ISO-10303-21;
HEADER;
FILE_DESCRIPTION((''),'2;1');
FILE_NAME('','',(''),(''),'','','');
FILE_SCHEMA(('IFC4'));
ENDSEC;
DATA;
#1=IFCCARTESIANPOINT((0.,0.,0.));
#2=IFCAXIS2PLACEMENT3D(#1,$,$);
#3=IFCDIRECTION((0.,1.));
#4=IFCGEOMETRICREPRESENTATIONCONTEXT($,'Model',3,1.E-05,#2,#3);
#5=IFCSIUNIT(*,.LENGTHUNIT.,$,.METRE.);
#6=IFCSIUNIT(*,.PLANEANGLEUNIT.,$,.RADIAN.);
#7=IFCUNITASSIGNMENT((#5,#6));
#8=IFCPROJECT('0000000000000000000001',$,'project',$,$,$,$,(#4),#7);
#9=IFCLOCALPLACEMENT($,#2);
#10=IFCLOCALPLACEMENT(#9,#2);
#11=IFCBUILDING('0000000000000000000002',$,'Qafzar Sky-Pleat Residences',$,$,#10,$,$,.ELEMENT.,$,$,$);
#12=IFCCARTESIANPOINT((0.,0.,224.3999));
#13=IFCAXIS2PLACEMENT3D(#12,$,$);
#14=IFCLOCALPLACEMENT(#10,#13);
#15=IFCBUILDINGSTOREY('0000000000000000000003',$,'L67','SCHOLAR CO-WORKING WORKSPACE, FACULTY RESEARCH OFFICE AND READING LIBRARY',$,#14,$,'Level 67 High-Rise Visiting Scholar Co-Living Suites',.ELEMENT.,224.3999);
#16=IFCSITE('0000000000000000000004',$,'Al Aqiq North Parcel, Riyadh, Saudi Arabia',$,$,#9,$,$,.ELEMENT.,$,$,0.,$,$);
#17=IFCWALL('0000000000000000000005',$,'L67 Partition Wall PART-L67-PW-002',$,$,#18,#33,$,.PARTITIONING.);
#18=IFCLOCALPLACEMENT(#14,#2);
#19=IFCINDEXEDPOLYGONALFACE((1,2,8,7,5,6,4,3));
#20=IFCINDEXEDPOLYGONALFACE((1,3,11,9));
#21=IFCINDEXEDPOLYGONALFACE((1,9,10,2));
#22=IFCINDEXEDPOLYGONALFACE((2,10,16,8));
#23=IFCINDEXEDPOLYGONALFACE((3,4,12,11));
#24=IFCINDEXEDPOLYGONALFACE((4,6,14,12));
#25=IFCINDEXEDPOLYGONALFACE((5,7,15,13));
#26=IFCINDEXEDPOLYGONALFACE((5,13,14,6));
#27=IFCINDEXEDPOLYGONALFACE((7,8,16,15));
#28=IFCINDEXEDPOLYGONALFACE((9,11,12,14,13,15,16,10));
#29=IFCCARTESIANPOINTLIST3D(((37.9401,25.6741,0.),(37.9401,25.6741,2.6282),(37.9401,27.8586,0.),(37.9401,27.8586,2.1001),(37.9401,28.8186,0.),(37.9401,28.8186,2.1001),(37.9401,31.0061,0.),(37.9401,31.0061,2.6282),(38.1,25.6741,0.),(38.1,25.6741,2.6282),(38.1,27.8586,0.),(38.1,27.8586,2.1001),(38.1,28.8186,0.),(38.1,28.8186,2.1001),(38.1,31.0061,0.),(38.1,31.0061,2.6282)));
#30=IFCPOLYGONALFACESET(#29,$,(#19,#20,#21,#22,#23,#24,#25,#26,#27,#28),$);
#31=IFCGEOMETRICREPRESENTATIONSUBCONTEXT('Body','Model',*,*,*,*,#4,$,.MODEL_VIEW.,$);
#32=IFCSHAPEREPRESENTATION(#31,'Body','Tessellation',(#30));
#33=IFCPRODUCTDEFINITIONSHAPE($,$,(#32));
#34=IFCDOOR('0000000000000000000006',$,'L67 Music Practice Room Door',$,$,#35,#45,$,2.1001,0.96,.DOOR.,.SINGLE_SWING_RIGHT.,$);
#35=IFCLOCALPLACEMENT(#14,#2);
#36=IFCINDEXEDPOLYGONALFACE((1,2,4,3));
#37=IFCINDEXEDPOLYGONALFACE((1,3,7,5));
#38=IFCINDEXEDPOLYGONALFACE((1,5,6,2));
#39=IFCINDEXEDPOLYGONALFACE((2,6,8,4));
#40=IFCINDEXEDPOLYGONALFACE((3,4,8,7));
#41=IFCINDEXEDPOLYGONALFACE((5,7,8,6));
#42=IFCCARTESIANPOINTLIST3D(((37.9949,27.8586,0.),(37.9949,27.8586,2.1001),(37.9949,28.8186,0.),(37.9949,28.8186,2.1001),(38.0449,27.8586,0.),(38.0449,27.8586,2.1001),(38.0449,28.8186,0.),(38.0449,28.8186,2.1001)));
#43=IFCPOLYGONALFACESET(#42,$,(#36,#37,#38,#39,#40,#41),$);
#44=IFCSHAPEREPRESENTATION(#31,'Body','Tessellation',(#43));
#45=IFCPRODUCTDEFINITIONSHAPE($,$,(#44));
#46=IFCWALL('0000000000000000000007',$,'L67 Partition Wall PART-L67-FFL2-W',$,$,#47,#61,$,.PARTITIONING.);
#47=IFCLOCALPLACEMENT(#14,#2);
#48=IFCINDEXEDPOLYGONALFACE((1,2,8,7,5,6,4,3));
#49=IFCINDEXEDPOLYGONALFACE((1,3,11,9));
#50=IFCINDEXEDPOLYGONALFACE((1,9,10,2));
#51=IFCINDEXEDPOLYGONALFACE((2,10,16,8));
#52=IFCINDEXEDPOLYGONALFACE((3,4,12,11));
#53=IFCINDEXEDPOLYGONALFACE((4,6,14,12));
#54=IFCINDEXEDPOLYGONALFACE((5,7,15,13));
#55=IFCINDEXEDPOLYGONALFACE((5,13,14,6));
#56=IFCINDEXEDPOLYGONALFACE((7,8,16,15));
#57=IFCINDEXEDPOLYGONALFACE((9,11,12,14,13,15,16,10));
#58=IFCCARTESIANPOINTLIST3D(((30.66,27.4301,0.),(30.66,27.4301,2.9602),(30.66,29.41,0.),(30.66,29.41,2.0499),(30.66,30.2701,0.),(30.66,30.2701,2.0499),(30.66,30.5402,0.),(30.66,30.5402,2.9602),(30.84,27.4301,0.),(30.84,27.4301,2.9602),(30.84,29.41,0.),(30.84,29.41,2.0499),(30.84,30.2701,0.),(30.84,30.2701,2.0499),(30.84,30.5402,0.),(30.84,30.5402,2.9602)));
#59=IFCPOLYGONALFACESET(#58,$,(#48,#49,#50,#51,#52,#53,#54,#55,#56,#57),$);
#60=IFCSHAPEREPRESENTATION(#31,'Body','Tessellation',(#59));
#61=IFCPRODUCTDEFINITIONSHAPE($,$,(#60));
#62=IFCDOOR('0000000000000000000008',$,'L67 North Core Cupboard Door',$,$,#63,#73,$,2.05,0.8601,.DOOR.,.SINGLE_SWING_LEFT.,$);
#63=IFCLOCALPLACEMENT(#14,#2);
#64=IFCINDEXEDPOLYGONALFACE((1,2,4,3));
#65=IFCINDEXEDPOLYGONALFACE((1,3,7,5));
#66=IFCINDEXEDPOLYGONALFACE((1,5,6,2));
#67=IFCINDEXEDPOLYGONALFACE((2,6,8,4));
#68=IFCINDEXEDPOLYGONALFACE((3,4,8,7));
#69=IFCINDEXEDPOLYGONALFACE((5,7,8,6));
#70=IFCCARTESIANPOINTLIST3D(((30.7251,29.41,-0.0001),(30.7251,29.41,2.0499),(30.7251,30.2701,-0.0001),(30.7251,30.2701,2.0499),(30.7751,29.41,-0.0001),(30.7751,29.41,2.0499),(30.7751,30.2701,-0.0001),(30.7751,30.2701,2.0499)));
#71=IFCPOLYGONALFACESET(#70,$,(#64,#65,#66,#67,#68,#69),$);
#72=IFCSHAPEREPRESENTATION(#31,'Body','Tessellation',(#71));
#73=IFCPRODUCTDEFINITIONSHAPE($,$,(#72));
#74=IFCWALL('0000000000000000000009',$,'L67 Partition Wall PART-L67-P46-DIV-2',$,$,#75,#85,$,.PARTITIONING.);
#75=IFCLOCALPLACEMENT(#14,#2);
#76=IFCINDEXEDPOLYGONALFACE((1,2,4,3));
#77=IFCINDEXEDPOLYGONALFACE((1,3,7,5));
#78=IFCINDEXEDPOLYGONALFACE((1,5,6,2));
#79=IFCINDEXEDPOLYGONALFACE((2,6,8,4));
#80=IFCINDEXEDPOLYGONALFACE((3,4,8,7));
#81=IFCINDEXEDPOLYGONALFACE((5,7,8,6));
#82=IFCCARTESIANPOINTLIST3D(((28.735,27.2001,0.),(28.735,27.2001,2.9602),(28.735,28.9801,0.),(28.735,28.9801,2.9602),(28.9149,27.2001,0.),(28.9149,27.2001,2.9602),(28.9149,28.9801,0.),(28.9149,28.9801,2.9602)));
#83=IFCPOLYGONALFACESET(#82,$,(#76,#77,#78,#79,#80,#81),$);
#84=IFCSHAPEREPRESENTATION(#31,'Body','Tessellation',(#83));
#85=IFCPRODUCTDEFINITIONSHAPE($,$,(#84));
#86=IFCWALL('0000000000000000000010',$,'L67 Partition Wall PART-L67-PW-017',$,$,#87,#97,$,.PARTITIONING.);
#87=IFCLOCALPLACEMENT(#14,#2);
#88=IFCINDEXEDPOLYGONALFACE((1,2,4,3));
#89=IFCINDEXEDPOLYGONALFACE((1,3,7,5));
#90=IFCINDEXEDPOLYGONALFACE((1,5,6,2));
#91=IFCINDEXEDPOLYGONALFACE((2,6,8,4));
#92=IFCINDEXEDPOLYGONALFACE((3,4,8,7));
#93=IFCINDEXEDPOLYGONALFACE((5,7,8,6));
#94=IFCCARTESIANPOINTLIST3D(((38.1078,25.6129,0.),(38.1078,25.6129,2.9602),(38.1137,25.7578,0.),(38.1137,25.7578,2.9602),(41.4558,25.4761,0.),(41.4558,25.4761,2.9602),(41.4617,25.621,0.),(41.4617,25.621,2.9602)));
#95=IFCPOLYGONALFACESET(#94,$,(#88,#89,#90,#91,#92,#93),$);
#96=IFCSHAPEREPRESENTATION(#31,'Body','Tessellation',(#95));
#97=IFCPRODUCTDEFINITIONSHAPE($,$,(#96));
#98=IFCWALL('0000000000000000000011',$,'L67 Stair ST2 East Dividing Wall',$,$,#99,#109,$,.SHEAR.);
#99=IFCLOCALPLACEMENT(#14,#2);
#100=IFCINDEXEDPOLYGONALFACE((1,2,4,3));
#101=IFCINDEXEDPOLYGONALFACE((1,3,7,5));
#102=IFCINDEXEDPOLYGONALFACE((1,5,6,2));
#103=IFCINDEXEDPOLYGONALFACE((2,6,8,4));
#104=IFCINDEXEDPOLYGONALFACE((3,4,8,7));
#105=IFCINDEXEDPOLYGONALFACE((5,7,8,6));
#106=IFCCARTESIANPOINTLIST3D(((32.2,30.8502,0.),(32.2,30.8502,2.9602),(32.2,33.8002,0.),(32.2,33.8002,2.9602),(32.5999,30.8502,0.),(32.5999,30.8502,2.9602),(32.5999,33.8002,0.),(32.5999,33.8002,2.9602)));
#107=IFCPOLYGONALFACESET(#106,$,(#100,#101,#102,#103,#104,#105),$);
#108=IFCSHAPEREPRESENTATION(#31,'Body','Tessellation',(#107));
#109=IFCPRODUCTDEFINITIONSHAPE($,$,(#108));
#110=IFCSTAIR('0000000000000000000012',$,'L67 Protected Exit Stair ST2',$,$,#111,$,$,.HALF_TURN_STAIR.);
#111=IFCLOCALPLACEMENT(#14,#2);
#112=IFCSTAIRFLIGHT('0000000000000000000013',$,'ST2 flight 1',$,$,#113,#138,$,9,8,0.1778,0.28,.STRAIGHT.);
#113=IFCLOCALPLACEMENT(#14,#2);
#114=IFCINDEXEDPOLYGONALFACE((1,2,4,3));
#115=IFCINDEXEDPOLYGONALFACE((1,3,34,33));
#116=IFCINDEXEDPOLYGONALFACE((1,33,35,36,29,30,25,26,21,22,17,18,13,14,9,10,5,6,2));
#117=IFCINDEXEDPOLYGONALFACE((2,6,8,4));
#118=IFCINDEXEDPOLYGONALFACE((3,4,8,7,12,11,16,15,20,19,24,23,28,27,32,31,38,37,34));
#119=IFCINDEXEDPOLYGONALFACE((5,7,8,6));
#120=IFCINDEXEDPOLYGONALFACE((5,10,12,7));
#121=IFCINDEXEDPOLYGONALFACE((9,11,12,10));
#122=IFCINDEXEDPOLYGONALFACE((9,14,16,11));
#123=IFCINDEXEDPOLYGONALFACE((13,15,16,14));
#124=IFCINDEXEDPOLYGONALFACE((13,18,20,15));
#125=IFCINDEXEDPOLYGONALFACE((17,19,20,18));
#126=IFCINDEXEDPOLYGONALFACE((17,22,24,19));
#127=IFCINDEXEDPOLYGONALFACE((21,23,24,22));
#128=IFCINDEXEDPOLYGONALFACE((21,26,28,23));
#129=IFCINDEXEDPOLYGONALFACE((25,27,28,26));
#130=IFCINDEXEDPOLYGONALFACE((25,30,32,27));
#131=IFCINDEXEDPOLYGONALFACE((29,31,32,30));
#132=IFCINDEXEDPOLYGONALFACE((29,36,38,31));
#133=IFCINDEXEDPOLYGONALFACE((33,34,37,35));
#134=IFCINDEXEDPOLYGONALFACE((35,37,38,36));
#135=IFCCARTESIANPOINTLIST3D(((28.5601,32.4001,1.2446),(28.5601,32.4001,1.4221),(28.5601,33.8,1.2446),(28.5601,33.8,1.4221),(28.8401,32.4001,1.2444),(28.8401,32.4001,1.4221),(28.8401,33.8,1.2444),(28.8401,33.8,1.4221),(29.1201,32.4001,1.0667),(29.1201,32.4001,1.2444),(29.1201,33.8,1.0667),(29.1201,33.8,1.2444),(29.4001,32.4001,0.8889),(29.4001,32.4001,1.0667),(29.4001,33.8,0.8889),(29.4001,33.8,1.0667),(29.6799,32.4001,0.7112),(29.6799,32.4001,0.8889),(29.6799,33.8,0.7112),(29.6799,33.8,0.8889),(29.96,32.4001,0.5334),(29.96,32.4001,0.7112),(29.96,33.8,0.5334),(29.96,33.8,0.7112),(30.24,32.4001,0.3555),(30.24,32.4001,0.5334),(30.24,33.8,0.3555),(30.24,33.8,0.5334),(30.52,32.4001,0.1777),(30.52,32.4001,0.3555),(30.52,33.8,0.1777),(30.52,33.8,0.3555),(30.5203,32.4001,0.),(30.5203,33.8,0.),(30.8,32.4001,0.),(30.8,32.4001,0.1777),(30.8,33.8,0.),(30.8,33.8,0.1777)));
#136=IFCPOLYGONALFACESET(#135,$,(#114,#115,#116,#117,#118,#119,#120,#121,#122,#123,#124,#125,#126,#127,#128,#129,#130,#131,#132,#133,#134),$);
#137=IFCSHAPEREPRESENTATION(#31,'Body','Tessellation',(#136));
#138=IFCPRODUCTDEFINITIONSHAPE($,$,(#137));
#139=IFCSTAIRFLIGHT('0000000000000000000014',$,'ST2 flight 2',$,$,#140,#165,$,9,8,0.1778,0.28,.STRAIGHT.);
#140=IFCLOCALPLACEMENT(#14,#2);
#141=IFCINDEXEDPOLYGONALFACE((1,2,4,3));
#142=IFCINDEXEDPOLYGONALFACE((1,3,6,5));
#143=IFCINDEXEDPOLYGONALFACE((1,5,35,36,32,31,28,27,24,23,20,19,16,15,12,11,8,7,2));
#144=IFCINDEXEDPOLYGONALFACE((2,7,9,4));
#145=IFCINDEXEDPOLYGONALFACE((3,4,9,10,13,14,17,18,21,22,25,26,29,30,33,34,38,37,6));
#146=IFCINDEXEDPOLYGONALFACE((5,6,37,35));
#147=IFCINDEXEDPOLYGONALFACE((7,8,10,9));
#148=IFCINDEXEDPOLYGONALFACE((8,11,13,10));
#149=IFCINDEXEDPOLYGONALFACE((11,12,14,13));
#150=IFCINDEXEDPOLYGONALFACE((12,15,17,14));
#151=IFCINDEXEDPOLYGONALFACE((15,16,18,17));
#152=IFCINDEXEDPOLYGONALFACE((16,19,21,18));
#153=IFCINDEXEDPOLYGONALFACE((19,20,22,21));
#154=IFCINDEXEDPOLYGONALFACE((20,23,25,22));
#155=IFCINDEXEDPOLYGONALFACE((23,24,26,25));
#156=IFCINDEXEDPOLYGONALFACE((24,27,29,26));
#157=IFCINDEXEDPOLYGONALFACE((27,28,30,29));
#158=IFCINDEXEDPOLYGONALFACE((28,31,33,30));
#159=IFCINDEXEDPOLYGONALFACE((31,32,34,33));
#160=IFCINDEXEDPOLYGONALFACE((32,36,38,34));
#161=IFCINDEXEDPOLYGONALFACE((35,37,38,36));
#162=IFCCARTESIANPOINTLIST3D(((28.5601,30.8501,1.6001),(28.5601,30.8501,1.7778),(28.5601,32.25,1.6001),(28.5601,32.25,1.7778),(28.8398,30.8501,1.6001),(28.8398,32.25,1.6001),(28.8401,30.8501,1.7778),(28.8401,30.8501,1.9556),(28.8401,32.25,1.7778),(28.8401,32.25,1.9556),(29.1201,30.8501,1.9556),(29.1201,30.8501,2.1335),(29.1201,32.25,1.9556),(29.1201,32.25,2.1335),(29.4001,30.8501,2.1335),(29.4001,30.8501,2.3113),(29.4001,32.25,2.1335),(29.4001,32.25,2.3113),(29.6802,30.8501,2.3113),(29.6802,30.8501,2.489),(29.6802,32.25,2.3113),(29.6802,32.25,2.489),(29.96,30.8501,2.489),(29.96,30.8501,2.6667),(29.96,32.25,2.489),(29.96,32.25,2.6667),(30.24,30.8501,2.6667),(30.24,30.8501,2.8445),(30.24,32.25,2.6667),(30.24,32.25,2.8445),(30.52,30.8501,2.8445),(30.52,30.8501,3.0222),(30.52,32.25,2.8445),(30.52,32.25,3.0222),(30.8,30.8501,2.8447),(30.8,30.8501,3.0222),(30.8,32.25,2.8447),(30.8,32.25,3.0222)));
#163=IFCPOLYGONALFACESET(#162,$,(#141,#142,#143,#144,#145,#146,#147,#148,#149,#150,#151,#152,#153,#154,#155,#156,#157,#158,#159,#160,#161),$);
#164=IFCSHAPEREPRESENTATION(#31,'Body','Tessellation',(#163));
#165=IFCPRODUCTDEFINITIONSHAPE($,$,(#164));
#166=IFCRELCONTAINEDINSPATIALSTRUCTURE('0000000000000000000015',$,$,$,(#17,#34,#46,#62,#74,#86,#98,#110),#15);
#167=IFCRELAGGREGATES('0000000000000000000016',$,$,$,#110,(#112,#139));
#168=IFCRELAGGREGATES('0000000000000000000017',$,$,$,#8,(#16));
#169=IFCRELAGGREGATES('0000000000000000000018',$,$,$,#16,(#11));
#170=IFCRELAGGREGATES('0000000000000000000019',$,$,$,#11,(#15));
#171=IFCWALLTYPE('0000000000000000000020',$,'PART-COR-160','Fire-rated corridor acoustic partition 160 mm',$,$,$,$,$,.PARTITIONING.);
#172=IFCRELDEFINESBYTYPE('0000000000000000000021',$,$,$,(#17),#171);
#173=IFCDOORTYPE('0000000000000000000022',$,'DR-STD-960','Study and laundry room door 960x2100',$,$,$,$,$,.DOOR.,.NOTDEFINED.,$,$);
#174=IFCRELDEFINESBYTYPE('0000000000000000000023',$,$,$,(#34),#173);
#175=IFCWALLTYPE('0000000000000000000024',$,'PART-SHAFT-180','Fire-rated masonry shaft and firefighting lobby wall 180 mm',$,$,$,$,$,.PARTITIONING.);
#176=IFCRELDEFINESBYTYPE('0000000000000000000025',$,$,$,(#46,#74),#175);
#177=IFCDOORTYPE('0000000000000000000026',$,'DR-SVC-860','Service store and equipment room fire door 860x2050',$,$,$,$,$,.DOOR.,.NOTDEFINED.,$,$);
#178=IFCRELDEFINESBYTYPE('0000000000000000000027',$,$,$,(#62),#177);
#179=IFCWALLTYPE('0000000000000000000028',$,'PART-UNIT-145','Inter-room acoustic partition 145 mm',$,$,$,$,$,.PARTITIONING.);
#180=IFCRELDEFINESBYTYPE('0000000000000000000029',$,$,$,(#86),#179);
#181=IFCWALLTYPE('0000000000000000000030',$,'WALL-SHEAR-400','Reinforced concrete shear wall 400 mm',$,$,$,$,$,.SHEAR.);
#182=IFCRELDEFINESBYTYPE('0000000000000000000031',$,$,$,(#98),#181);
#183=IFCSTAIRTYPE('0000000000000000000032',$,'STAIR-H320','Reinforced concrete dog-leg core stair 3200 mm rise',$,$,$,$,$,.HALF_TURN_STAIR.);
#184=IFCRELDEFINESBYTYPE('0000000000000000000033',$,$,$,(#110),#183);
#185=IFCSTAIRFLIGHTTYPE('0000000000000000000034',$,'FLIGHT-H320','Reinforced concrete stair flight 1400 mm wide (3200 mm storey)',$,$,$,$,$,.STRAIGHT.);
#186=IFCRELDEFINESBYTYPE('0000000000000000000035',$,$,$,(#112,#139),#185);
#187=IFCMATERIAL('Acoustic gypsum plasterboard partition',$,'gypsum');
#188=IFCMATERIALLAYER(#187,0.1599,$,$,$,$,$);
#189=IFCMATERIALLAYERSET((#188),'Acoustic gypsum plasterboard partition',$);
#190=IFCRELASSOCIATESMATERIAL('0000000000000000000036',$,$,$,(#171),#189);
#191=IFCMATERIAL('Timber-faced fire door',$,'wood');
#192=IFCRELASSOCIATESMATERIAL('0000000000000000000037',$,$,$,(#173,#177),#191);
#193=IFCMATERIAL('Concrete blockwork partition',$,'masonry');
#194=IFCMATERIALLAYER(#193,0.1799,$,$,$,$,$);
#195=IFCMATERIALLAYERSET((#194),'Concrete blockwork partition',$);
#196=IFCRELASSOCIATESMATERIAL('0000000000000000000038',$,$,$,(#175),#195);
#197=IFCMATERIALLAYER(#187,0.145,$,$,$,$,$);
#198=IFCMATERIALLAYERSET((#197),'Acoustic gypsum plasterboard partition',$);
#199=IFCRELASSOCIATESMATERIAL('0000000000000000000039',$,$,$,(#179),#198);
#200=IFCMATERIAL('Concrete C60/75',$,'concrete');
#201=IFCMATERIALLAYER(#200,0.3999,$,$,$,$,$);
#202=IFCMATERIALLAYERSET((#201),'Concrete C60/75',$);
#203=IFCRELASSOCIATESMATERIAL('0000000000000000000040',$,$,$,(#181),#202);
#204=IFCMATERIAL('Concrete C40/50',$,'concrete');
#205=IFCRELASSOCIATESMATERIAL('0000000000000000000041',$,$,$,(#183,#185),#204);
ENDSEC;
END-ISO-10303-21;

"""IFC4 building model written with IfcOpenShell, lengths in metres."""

from ifc_helpers import new_model, si_unit, direction, frame, frame_2d, origin, place, context, subcontext, project, spatial, polyline, rectangle, outline, extrude, source, transform, mapped, material, layer, layer_set, type_object, element, fill, aggregate, save


model = new_model("IFC4")

# Units and contexts
model_context = context("Model", 3, precision=1e-05, world=origin(), true_north=direction((0.0, 1.0)))
body_context = subcontext(model_context, "Body", "Model", "MODEL_VIEW")
ifc_project = project(units=[si_unit("LENGTHUNIT", "METRE"), si_unit("PLANEANGLEUNIT", "RADIAN")], contexts=[model_context])

# Site, building, storey
site_placement = place(None, origin())
site = spatial("IfcSite", under=ifc_project, at=site_placement, Name="Al Aqiq North Parcel, Riyadh, Saudi Arabia", CompositionType="ELEMENT", RefElevation=0.0)
building_placement = place(site_placement, origin())
building = spatial("IfcBuilding", under=site, at=building_placement, Name="Qafzar Sky-Pleat Residences", CompositionType="ELEMENT")
storey_placement = place(building_placement, frame((0.0, 0.0, 224.3999)))
storey = spatial("IfcBuildingStorey", under=building, at=storey_placement, Name="L67", Description="SCHOLAR CO-WORKING WORKSPACE, FACULTY RESEARCH OFFICE AND READING LIBRARY", LongName="Level 67 High-Rise Visiting Scholar Co-Living Suites", CompositionType="ELEMENT", Elevation=224.3999)

# Walls, openings, doors
ifc_material_1 = material(Name="Acoustic gypsum plasterboard partition", Category="gypsum")
ifc_layer_1 = layer(ifc_material_1, 0.1599)
ifc_layer_set_1 = layer_set([ifc_layer_1], Name="Acoustic gypsum plasterboard partition")
wall_type_1 = type_object("IfcWallType", Name="PART-COR-160", Description="Fire-rated corridor acoustic partition 160 mm", PredefinedType="PARTITIONING", material=ifc_layer_set_1)
wall_1_placement = place(storey_placement, frame((38.02, 31.0061, 0.0), z_axis=(0.0, 0.0, 1.0), x_axis=(0.0, -1.0, 0.0)))
wall_1 = element("IfcWall", 1, at=wall_1_placement, inside=storey, type_object=wall_type_1, Name="L67 Partition Wall PART-L67-PW-002", PredefinedType="PARTITIONING", context=body_context, shape_type="SweptSolid", body=[
    extrude(rectangle(XDim=5.332, YDim=0.1599, at=frame_2d((2.666, 0.0))), origin(), (0.0, 0.0, 1.0), 2.6282),
])
opening_1_placement = place(wall_1_placement, frame((2.1875, 0.0, 0.0)))
opening_1 = element("IfcOpeningElement", 2, at=opening_1_placement, cuts=wall_1, PredefinedType="OPENING", context=body_context, shape_type="SweptSolid", body=[
    extrude(rectangle(XDim=0.96, YDim=2.1001, at=frame_2d((0.48, 1.05))), frame((0.0, 0.0898, 0.0), z_axis=(0.0, -1.0, 0.0), x_axis=(1.0, 0.0, 0.0)), (0.0, 0.0, 1.0), 0.1799),
])
ifc_material_2 = material(Name="Timber-faced fire door", Category="wood")
door_type_1 = type_object("IfcDoorType", Name="DR-STD-960", Description="Study and laundry room door 960x2100", OperationType="NOTDEFINED", PredefinedType="DOOR", material=ifc_material_2)
shared_shape_1 = source(origin(), body_context, "Body", "SweptSolid", [
    extrude(rectangle(XDim=0.96, YDim=2.1001, at=frame_2d((0.48, 1.05))), frame((0.0, 0.0249, 0.0), z_axis=(0.0, -1.0, 0.0), x_axis=(1.0, 0.0, 0.0)), (0.0, 0.0, 1.0), 0.05),
])
door_1_placement = place(opening_1_placement, origin())
door_1 = element("IfcDoor", 3, at=door_1_placement, inside=storey, type_object=door_type_1, Name="L67 Music Practice Room Door", OperationType="SINGLE_SWING_RIGHT", OverallHeight=2.1001, OverallWidth=0.96, PredefinedType="DOOR", context=body_context, shape_type="MappedRepresentation", body=[
    mapped(shared_shape_1, transform((0.0, 0.0, 0.0), x_axis=(1.0, 0.0, 0.0), y_axis=(0.0, 1.0, 0.0), z_axis=(0.0, 0.0, 1.0), scale=1.0)),
])
fill(opening_1, door_1)
ifc_material_3 = material(Name="Concrete blockwork partition", Category="masonry")
ifc_layer_2 = layer(ifc_material_3, 0.1799)
ifc_layer_set_2 = layer_set([ifc_layer_2], Name="Concrete blockwork partition")
wall_type_2 = type_object("IfcWallType", Name="PART-SHAFT-180", Description="Fire-rated masonry shaft and firefighting lobby wall 180 mm", PredefinedType="PARTITIONING", material=ifc_layer_set_2)
wall_2_placement = place(storey_placement, frame((30.75, 27.4299, 0.0), z_axis=(0.0, 0.0, 1.0), x_axis=(0.0, 1.0, 0.0)))
wall_2 = element("IfcWall", 4, at=wall_2_placement, inside=storey, type_object=wall_type_2, Name="L67 Partition Wall PART-L67-FFL2-W", PredefinedType="PARTITIONING", context=body_context, shape_type="SweptSolid", body=[
    extrude(rectangle(XDim=3.1101, YDim=0.1799, at=frame_2d((1.5552, 0.0))), origin(), (0.0, 0.0, 1.0), 2.9602),
])
opening_2_placement = place(wall_2_placement, frame((1.98, 0.0, 0.0)))
opening_2 = element("IfcOpeningElement", 5, at=opening_2_placement, cuts=wall_2, PredefinedType="OPENING", context=body_context, shape_type="SweptSolid", body=[
    extrude(rectangle(XDim=0.8601, YDim=2.05, at=frame_2d((0.4302, 1.0249))), frame((0.0, 0.1001, 0.0), z_axis=(0.0, -1.0, 0.0), x_axis=(1.0, 0.0, 0.0)), (0.0, 0.0, 1.0), 0.2),
])
door_type_2 = type_object("IfcDoorType", Name="DR-SVC-860", Description="Service store and equipment room fire door 860x2050", OperationType="NOTDEFINED", PredefinedType="DOOR", material=ifc_material_2)
shared_shape_2 = source(origin(), body_context, "Body", "SweptSolid", [
    extrude(rectangle(XDim=0.8601, YDim=2.05, at=frame_2d((0.4302, 1.0249))), frame((0.0, 0.0249, 0.0), z_axis=(0.0, -1.0, 0.0), x_axis=(1.0, 0.0, 0.0)), (0.0, 0.0, 1.0), 0.05),
])
door_2_placement = place(opening_2_placement, origin())
door_2 = element("IfcDoor", 6, at=door_2_placement, inside=storey, type_object=door_type_2, Name="L67 North Core Cupboard Door", OperationType="SINGLE_SWING_LEFT", OverallHeight=2.05, OverallWidth=0.8601, PredefinedType="DOOR", context=body_context, shape_type="MappedRepresentation", body=[
    mapped(shared_shape_2, transform((0.0, 0.0, 0.0), x_axis=(1.0, 0.0, 0.0), y_axis=(0.0, 1.0, 0.0), z_axis=(0.0, 0.0, 1.0), scale=1.0)),
])
fill(opening_2, door_2)

# Walls
wall_3_placement = place(storey_placement, frame((28.825, 27.2, 0.0), z_axis=(0.0, 0.0, 1.0), x_axis=(0.0, 1.0, 0.0)))
element("IfcWall", 7, at=wall_3_placement, inside=storey, type_object=wall_type_2, Name="L67 Partition Wall PART-L67-P46-DIV-2", PredefinedType="PARTITIONING", context=body_context, shape_type="SweptSolid", body=[
    extrude(rectangle(XDim=1.78, YDim=0.1799, at=frame_2d((0.8901, 0.0))), origin(), (0.0, 0.0, 1.0), 2.9602),
])
ifc_layer_3 = layer(ifc_material_1, 0.145)
ifc_layer_set_3 = layer_set([ifc_layer_3], Name="Acoustic gypsum plasterboard partition")
wall_type_3 = type_object("IfcWallType", Name="PART-UNIT-145", Description="Inter-room acoustic partition 145 mm", PredefinedType="PARTITIONING", material=ifc_layer_set_3)
wall_4_placement = place(storey_placement, frame((38.1108, 25.6853, 0.0), z_axis=(0.0, 0.0, 1.0), x_axis=(0.999167, -0.0408, 0.0)))
element("IfcWall", 8, at=wall_4_placement, inside=storey, type_object=wall_type_3, Name="L67 Partition Wall PART-L67-PW-017", PredefinedType="PARTITIONING", context=body_context, shape_type="SweptSolid", body=[
    extrude(rectangle(XDim=3.3508, YDim=0.145, at=frame_2d((1.6753, 0.0))), origin(), (0.0, 0.0, 1.0), 2.9602),
])
ifc_material_4 = material(Name="Concrete C60/75", Category="concrete")
ifc_layer_4 = layer(ifc_material_4, 0.3999)
ifc_layer_set_4 = layer_set([ifc_layer_4], Name="Concrete C60/75")
wall_type_4 = type_object("IfcWallType", Name="WALL-SHEAR-400", Description="Reinforced concrete shear wall 400 mm", PredefinedType="SHEAR", material=ifc_layer_set_4)
wall_5_placement = place(storey_placement, frame((32.3999, 30.8501, 0.0), z_axis=(0.0, 0.0, 1.0), x_axis=(0.0, 1.0, 0.0)))
element("IfcWall", 9, at=wall_5_placement, inside=storey, type_object=wall_type_4, Name="L67 Stair ST2 East Dividing Wall", PredefinedType="SHEAR", context=body_context, shape_type="SweptSolid", body=[
    extrude(rectangle(XDim=2.95, YDim=0.3999, at=frame_2d((1.4751, 0.0))), origin(), (0.0, 0.0, 1.0), 2.9602),
])

# Stair, stair flights
ifc_material_5 = material(Name="Concrete C40/50", Category="concrete")
stair_type = type_object("IfcStairType", Name="STAIR-H320", Description="Reinforced concrete dog-leg core stair 3200 mm rise", PredefinedType="HALF_TURN_STAIR", material=ifc_material_5)
stair_placement = place(storey_placement, origin())
stair = element("IfcStair", 10, at=stair_placement, inside=storey, type_object=stair_type, Name="L67 Protected Exit Stair ST2", PredefinedType="HALF_TURN_STAIR")
stair_flight_type = type_object("IfcStairFlightType", Name="FLIGHT-H320", Description="Reinforced concrete stair flight 1400 mm wide (3200 mm storey)", PredefinedType="STRAIGHT", material=ifc_material_5)
shared_shape_3 = source(origin(), body_context, "Body", "SweptSolid", [
    extrude(outline(polyline([(0.0, 0.0), (0.0, 0.1777), (0.28, 0.1777), (0.28, 0.3555), (0.5601, 0.3555), (0.5601, 0.5334), (0.8401, 0.5334), (0.8401, 0.7112), (1.1201, 0.7112), (1.1201, 0.8889), (1.3999, 0.8889), (1.3999, 1.0667), (1.6799, 1.0667), (1.6799, 1.2444), (1.96, 1.2444), (1.96, 1.4221), (2.24, 1.4221), (2.24, 1.6001), (2.24, 1.2446), (0.2798, 0.0), (0.0, 0.0)])), frame((0.0, 0.7, 0.0), z_axis=(0.0, -1.0, 0.0), x_axis=(1.0, 0.0, 0.0)), (0.0, 0.0, 1.0), 1.3999),
])
stair_flight_1_placement = place(storey_placement, frame((30.8, 33.1001, 0.0), z_axis=(0.0, 0.0, 1.0), x_axis=(-1.0, 0.0, 0.0)))
stair_flight_1 = element("IfcStairFlight", 11, at=stair_flight_1_placement, type_object=stair_flight_type, Name="ST2 flight 1", NumberOfRisers=9, NumberOfTreads=8, PredefinedType="STRAIGHT", RiserHeight=0.1778, TreadLength=0.28, context=body_context, shape_type="MappedRepresentation", body=[
    mapped(shared_shape_3, transform((0.0, 0.0, 0.0), x_axis=(1.0, 0.0, 0.0), y_axis=(0.0, 1.0, 0.0), z_axis=(0.0, 0.0, 1.0), scale=1.0)),
])
stair_flight_2_placement = place(storey_placement, frame((28.5601, 31.55, 1.6001), z_axis=(0.0, 0.0, 1.0), x_axis=(1.0, 0.0, 0.0)))
stair_flight_2 = element("IfcStairFlight", 12, at=stair_flight_2_placement, type_object=stair_flight_type, Name="ST2 flight 2", NumberOfRisers=9, NumberOfTreads=8, PredefinedType="STRAIGHT", RiserHeight=0.1778, TreadLength=0.28, context=body_context, shape_type="MappedRepresentation", body=[
    mapped(shared_shape_3, transform((0.0, 0.0, 0.0), x_axis=(1.0, 0.0, 0.0), y_axis=(0.0, 1.0, 0.0), z_axis=(0.0, 0.0, 1.0), scale=1.0)),
])
aggregate(stair, [stair_flight_1, stair_flight_2])

save(model, "model.ifc")
